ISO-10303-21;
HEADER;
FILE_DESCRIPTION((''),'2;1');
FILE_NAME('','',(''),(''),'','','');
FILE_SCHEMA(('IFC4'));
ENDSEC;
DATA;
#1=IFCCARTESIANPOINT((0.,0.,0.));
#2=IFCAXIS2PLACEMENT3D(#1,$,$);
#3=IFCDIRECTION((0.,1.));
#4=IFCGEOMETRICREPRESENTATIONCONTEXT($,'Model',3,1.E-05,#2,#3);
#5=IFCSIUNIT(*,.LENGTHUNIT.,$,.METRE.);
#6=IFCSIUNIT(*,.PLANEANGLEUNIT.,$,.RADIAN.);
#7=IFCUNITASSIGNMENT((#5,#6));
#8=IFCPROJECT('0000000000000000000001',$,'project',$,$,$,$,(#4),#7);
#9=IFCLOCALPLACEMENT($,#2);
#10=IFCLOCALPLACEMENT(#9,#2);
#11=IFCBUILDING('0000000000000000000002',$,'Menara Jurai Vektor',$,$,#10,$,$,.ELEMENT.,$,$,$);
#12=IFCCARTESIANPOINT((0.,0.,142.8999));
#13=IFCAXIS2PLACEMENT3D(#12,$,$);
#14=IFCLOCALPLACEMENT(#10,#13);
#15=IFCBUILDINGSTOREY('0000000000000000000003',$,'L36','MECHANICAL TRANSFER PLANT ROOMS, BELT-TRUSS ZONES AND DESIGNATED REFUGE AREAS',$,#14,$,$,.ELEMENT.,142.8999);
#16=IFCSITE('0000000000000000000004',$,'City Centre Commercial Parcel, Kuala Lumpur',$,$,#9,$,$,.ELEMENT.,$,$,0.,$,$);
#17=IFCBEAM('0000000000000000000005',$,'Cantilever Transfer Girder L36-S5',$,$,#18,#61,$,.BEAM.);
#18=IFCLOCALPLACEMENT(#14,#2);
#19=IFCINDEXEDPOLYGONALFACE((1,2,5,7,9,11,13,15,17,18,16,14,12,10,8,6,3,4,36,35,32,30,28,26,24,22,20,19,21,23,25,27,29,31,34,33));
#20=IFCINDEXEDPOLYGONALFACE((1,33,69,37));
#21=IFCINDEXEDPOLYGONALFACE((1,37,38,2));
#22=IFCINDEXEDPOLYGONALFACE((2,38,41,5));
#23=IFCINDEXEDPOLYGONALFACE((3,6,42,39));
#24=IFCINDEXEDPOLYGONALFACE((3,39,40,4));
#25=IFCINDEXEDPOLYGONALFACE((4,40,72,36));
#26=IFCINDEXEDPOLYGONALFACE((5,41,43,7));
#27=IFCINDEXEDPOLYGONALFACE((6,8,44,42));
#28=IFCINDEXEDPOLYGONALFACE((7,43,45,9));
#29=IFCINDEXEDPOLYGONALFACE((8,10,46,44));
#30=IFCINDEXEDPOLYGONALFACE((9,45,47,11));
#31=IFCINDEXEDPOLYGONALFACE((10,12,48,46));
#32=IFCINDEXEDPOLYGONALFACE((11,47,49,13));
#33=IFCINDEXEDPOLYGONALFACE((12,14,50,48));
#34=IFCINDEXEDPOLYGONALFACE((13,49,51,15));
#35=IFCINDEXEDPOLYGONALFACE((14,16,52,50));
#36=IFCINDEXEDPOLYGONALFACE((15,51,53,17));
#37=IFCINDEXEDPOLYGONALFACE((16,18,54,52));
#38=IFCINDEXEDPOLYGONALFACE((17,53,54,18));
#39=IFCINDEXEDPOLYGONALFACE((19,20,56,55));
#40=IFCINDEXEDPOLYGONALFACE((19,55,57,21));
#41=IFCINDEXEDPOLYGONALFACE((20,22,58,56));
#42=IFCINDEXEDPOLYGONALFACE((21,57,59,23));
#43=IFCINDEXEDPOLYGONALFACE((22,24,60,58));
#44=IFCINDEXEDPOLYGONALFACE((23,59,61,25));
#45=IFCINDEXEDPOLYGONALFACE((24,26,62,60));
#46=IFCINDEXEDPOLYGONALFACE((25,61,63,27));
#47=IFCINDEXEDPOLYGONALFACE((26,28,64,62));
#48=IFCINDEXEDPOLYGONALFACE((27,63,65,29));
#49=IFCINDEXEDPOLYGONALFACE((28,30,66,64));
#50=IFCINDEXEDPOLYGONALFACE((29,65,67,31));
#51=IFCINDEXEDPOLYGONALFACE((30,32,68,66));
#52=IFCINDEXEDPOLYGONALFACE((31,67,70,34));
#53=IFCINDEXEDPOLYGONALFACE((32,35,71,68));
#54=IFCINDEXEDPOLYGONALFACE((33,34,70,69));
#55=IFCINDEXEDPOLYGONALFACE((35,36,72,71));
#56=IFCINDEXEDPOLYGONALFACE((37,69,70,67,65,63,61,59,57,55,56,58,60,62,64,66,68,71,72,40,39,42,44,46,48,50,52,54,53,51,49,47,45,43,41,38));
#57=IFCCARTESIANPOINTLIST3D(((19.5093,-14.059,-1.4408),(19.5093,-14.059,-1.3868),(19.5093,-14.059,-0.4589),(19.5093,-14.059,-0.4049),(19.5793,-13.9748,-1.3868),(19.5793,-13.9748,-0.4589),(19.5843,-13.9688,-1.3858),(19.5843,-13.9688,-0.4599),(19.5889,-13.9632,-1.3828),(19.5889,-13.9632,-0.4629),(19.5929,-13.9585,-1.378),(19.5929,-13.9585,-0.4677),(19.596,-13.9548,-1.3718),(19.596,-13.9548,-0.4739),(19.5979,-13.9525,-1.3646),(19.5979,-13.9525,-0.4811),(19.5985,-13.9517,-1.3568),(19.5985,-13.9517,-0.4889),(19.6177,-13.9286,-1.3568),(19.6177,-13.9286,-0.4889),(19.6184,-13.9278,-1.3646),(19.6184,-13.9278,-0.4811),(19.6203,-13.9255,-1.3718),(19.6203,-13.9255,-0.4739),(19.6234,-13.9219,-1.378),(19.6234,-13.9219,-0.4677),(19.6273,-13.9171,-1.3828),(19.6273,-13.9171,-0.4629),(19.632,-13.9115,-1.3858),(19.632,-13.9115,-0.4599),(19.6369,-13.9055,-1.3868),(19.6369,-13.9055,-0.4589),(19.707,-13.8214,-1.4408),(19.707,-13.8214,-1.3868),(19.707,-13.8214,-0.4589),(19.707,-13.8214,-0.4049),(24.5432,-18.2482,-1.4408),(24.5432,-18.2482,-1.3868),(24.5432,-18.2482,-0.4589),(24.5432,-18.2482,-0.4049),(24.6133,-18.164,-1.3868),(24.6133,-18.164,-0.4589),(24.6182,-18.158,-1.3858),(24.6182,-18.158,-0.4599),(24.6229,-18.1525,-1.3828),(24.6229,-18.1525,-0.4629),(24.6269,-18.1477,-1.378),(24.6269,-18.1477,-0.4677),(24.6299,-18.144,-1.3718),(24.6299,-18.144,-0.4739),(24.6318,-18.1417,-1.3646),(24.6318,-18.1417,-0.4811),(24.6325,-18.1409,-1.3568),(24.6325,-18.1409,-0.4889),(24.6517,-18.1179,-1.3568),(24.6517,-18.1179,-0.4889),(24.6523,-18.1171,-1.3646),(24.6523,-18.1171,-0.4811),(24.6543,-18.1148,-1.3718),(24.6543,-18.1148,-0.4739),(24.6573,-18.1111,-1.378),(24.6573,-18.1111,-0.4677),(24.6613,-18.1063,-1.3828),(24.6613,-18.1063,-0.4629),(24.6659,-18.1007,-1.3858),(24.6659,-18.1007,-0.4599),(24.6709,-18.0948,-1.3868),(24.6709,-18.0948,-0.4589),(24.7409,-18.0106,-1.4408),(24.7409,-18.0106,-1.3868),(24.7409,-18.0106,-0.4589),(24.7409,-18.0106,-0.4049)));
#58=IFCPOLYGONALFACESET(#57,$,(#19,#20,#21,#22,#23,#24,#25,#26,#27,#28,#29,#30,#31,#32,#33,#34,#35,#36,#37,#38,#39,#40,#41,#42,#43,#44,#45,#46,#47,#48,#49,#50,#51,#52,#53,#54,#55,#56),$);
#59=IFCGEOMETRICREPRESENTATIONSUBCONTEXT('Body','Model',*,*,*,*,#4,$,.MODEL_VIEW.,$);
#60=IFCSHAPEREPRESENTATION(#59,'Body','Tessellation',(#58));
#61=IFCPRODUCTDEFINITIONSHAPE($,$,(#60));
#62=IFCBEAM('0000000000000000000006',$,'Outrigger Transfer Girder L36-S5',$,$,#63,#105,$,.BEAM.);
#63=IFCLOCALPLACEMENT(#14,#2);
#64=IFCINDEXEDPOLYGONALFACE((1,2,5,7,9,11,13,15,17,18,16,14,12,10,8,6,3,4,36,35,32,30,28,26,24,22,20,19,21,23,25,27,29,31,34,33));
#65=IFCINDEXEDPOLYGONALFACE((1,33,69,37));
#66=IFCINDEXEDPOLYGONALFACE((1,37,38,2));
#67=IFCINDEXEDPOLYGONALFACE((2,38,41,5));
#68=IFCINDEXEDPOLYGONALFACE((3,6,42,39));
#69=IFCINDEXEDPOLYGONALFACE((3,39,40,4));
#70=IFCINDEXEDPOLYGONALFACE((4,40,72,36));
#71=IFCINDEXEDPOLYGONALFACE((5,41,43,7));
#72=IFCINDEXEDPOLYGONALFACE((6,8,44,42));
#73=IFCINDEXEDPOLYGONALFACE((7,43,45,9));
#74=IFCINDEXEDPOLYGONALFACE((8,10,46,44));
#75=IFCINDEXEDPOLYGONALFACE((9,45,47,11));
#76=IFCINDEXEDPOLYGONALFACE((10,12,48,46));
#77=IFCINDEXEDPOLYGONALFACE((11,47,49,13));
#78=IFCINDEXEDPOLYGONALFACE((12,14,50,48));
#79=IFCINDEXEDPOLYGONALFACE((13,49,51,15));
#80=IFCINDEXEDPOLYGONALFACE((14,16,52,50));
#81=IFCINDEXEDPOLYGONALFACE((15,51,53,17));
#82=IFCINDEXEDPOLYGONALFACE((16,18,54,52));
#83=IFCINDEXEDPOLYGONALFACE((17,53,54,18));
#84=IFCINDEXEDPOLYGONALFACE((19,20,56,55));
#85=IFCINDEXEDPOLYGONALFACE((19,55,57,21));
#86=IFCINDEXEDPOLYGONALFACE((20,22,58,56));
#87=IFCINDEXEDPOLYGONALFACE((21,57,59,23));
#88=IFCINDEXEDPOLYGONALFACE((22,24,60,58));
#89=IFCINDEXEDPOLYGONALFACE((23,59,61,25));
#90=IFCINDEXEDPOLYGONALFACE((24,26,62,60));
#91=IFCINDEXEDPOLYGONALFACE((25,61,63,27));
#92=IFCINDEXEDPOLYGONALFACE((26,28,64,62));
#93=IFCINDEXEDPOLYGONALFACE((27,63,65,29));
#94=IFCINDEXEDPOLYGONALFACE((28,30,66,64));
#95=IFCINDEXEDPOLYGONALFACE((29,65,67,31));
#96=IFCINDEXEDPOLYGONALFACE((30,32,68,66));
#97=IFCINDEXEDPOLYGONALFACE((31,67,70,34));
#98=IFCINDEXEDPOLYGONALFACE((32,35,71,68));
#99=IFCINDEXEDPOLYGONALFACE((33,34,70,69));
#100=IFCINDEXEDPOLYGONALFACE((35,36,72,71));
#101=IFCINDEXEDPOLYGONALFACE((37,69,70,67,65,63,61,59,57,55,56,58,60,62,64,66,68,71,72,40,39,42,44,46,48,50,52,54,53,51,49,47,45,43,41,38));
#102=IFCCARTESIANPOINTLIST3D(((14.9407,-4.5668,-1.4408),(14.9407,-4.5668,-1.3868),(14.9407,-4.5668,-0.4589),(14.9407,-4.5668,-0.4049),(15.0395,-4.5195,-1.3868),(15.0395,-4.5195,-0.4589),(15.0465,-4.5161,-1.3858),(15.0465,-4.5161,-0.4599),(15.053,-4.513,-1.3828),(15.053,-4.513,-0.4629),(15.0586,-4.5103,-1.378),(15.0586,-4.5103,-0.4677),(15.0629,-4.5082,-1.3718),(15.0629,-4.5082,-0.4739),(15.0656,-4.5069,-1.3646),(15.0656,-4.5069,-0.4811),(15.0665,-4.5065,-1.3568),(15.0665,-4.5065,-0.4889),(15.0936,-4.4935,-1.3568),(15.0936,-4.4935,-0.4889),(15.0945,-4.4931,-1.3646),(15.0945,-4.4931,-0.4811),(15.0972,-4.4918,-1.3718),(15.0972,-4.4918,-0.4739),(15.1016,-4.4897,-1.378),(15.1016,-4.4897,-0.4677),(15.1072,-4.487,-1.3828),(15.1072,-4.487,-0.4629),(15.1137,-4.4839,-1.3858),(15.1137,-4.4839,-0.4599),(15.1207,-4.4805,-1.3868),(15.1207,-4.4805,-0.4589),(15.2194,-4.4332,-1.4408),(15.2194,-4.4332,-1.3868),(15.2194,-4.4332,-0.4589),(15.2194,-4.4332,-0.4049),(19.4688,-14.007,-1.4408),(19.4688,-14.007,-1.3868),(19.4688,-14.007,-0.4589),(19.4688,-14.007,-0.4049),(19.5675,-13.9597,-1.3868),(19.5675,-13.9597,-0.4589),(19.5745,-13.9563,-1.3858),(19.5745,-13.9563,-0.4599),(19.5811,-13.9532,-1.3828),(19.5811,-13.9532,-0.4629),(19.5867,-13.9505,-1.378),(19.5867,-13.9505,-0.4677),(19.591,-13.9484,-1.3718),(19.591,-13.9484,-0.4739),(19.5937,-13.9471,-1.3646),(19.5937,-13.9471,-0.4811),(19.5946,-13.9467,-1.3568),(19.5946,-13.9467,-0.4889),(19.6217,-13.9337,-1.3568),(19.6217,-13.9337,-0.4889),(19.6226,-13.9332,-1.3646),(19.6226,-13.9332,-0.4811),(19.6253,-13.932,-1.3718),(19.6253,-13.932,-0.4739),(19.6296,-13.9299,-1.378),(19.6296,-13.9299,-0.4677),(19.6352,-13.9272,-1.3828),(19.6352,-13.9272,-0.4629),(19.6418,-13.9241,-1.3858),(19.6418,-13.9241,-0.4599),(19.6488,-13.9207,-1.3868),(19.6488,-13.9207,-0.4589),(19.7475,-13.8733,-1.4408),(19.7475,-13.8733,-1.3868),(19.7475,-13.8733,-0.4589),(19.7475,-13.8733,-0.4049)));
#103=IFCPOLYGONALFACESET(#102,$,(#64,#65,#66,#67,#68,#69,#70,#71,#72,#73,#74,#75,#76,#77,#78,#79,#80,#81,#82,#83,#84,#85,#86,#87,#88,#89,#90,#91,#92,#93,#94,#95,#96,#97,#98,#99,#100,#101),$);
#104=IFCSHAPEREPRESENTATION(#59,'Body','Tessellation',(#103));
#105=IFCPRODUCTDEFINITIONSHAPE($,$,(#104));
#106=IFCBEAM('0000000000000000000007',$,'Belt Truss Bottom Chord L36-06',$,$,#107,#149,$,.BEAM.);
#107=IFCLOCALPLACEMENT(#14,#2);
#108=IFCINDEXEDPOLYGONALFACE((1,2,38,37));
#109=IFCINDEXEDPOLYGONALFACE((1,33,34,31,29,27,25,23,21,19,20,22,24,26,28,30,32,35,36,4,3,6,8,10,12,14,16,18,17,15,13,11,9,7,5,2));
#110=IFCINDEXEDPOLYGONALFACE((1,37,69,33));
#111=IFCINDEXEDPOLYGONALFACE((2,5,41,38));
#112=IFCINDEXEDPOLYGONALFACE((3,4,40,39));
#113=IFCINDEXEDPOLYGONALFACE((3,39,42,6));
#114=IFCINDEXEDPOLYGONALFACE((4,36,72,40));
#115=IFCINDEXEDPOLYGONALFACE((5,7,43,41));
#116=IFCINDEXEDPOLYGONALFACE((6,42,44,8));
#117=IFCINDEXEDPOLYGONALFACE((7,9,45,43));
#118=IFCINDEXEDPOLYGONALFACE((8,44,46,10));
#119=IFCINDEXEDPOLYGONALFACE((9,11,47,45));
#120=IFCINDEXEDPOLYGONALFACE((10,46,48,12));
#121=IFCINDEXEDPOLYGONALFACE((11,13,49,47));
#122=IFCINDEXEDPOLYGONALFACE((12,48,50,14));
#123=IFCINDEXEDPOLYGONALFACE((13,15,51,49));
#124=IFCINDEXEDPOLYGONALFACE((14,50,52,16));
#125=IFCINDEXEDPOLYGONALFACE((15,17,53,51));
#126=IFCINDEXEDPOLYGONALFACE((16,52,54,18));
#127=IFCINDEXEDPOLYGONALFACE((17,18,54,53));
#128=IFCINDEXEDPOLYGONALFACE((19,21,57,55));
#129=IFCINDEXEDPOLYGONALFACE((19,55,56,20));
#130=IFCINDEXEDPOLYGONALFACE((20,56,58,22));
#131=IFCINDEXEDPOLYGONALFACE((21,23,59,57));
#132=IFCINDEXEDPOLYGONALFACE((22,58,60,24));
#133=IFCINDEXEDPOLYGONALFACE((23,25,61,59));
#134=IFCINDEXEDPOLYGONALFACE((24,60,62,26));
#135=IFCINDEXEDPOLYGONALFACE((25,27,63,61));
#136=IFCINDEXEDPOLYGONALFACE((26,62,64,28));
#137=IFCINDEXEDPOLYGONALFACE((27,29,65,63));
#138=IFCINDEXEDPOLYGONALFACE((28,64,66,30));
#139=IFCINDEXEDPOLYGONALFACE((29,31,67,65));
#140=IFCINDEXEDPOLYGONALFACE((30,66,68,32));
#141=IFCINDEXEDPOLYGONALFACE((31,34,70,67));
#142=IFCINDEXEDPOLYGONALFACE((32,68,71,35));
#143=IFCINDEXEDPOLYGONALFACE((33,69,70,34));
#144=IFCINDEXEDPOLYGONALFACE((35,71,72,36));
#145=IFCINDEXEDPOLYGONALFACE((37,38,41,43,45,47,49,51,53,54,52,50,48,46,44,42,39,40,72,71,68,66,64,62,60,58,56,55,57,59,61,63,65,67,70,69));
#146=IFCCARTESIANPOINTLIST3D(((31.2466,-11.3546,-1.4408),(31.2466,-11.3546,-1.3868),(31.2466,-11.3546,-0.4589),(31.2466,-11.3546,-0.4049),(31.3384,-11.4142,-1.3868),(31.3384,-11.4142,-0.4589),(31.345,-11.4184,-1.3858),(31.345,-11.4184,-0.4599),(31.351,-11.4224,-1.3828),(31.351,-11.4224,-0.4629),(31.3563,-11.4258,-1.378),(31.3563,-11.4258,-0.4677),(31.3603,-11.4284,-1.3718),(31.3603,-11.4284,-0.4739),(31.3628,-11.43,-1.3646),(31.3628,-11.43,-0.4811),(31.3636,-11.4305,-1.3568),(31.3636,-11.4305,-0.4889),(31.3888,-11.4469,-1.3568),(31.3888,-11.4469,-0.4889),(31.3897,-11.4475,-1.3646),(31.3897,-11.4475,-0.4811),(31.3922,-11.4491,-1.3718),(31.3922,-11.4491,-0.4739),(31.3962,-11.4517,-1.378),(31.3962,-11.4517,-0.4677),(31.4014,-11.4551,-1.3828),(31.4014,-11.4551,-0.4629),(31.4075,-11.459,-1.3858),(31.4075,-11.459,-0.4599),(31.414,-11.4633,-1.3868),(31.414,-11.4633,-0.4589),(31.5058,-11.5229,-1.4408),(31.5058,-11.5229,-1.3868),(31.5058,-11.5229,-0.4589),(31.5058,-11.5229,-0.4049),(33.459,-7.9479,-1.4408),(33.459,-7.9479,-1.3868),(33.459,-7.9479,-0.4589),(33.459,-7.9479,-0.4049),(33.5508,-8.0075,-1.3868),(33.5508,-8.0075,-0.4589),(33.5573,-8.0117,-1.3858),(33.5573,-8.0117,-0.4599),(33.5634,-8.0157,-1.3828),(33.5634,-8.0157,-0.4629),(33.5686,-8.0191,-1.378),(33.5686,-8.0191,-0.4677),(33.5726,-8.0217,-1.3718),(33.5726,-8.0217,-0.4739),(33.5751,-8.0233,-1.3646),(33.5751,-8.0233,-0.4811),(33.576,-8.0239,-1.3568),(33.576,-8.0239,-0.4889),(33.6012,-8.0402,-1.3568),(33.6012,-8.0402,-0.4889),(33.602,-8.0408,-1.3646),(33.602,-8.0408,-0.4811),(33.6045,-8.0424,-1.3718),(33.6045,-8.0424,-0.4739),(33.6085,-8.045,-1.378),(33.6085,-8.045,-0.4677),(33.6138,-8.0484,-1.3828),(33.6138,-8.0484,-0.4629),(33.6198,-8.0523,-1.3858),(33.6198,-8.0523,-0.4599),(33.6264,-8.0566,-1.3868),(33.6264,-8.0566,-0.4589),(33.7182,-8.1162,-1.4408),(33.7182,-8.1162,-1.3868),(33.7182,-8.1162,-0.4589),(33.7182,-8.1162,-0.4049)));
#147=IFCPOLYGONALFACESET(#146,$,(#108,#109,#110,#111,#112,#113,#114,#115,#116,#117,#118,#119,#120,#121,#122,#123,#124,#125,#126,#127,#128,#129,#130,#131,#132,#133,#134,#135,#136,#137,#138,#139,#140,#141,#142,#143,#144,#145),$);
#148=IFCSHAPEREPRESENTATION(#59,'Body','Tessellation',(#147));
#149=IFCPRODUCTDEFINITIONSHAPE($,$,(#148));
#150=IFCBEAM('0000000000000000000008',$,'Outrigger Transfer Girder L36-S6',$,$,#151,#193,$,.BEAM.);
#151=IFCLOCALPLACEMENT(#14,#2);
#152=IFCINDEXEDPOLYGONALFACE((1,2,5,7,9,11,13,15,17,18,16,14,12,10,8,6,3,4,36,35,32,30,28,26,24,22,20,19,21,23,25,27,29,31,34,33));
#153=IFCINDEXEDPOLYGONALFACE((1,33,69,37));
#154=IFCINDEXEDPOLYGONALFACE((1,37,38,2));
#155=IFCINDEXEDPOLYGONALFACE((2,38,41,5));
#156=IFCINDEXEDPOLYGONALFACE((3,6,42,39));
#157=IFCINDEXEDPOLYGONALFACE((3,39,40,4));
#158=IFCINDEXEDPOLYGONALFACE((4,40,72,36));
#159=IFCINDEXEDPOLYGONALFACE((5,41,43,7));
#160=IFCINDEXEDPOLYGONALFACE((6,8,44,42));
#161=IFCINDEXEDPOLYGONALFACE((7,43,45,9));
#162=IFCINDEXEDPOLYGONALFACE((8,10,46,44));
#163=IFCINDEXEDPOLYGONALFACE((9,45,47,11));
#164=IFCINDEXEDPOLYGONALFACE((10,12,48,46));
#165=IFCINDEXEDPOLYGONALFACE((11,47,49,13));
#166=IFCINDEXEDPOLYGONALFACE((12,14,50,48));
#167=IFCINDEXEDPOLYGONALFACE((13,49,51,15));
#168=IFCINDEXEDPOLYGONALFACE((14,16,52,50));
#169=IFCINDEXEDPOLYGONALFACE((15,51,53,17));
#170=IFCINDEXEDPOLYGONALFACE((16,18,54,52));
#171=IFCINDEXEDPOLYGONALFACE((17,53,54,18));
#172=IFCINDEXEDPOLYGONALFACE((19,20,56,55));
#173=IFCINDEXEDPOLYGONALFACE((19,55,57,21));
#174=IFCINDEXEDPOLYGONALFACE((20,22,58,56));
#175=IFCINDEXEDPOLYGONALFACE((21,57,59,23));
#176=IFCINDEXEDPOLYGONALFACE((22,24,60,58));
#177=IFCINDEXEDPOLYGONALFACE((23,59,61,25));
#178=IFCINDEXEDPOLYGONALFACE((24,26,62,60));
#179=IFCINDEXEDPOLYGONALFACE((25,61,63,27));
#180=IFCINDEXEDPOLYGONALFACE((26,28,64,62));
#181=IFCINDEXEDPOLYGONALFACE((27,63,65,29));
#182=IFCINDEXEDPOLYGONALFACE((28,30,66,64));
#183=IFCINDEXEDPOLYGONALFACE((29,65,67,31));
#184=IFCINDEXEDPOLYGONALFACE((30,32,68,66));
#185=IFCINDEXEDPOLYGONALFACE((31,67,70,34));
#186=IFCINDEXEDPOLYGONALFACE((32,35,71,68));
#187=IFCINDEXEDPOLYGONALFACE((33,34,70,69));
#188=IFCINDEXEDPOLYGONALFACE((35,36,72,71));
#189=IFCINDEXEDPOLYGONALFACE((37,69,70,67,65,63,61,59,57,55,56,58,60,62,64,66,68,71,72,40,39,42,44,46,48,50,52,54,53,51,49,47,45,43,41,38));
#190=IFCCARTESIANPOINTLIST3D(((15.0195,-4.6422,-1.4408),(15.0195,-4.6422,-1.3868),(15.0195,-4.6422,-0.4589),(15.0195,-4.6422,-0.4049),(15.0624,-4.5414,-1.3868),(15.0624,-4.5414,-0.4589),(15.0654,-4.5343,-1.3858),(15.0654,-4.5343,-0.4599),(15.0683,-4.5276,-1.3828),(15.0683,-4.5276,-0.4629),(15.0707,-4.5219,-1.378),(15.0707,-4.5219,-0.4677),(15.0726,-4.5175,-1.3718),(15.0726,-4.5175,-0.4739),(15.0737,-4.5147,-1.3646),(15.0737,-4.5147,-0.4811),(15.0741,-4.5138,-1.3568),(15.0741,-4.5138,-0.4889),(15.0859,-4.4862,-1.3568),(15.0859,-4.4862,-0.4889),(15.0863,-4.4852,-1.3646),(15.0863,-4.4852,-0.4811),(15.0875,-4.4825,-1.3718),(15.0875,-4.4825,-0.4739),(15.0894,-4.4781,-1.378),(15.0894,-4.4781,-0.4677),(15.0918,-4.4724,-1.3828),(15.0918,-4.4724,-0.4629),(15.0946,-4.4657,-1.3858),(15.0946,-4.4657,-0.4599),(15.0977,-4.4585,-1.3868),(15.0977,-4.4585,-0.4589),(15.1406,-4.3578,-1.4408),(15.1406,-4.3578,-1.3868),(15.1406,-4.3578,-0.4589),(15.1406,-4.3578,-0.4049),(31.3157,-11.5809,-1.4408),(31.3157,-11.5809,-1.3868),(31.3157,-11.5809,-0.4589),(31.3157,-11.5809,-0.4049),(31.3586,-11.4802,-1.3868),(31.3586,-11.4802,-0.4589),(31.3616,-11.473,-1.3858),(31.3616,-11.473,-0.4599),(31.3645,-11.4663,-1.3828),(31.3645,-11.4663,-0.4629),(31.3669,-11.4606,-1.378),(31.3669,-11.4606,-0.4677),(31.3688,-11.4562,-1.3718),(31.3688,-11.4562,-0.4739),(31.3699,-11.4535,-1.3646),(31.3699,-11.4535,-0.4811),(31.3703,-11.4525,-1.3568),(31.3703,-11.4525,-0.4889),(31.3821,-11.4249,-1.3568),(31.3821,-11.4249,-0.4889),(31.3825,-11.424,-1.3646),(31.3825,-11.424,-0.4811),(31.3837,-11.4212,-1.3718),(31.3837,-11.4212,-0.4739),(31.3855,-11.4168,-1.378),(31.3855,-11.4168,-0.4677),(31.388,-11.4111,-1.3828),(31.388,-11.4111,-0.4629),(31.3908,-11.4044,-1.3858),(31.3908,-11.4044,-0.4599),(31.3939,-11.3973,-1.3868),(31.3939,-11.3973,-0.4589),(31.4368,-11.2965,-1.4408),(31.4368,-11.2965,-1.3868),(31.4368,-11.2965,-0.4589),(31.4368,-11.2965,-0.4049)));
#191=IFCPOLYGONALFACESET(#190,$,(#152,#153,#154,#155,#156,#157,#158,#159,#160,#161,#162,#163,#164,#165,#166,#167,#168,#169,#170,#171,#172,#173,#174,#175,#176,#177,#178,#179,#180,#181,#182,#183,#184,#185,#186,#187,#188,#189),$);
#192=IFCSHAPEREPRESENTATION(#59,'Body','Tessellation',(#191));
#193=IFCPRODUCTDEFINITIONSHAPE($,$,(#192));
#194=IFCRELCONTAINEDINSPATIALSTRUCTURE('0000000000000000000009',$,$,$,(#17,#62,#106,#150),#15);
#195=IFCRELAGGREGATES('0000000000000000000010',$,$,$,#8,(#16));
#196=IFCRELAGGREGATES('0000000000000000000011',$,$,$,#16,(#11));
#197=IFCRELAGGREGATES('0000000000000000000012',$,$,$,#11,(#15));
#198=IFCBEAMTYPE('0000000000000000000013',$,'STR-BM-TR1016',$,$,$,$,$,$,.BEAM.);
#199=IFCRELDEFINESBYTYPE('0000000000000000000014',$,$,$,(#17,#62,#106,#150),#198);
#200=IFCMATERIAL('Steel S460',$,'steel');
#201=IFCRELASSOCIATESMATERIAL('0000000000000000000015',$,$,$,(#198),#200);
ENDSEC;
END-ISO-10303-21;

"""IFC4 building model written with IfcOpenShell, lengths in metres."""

from ifc_helpers import new_model, si_unit, direction, frame, origin, origin_2d, place, context, subcontext, project, spatial, i_section, extrude, material, material_profile, profile_set, type_object, element, save


model = new_model("IFC4")

# Units and contexts
model_context = context("Model", 3, precision=1e-05, world=origin(), true_north=direction((0.0, 1.0)))
body_context = subcontext(model_context, "Body", "Model", "MODEL_VIEW")
ifc_project = project(units=[si_unit("LENGTHUNIT", "METRE"), si_unit("PLANEANGLEUNIT", "RADIAN")], contexts=[model_context])

# Site, building, storey
site_placement = place(None, origin())
site = spatial("IfcSite", under=ifc_project, at=site_placement, Name="City Centre Commercial Parcel, Kuala Lumpur", CompositionType="ELEMENT", RefElevation=0.0)
building_placement = place(site_placement, origin())
building = spatial("IfcBuilding", under=site, at=building_placement, Name="Menara Jurai Vektor", CompositionType="ELEMENT")
storey_placement = place(building_placement, frame((0.0, 0.0, 142.8999)))
storey = spatial("IfcBuildingStorey", under=building, at=storey_placement, Name="L36", Description="MECHANICAL TRANSFER PLANT ROOMS, BELT-TRUSS ZONES AND DESIGNATED REFUGE AREAS", CompositionType="ELEMENT", Elevation=142.8999)

# Shared definitions
ifc_material_1 = material(Name="Steel S460", Category="steel")

# Beams
ifc_material_profile_1 = material_profile(ifc_material_1, i_section(OverallWidth=0.3091, OverallDepth=1.0359, WebThickness=0.03, FlangeThickness=0.054, FilletRadius=0.03, at=origin_2d()), Name="UKB 1016x305x487")
ifc_profile_set_1 = profile_set([ifc_material_profile_1], Name="Steel S460")
beam_type_1 = type_object("IfcBeamType", Name="STR-BM-TR1016", PredefinedType="BEAM", material=ifc_profile_set_1)
beam_1_placement = place(storey_placement, frame((24.6421, -18.1294, -0.9229), z_axis=(-0.768652, 0.639667, 0.0), x_axis=(-0.639667, -0.768652, 0.0)))
element("IfcBeam", 1, at=beam_1_placement, inside=storey, type_object=beam_type_1, Name="Cantilever Transfer Girder L36-S5", PredefinedType="BEAM", context=body_context, shape_type="SweptSolid", body=[
    extrude(i_section(OverallWidth=0.3091, OverallDepth=1.0359, WebThickness=0.03, FlangeThickness=0.054, FilletRadius=0.03, at=origin_2d()), origin(), (0.0, 0.0, 1.0), 6.5491),
])
beam_2_placement = place(storey_placement, frame((19.6082, -13.9402, -0.9229), z_axis=(-0.432482, 0.901643, 0.0), x_axis=(-0.901643, -0.432482, 0.0)))
element("IfcBeam", 2, at=beam_2_placement, inside=storey, type_object=beam_type_1, Name="Outrigger Transfer Girder L36-S5", PredefinedType="BEAM", context=body_context, shape_type="SweptSolid", body=[
    extrude(i_section(OverallWidth=0.3091, OverallDepth=1.0359, WebThickness=0.03, FlangeThickness=0.054, FilletRadius=0.03, at=origin_2d()), origin(), (0.0, 0.0, 1.0), 10.47),
])
beam_3_placement = place(storey_placement, frame((31.3762, -11.4387, -0.9229), z_axis=(0.544646, 0.838666, 0.0), x_axis=(-0.838666, 0.544646, 0.0)))
element("IfcBeam", 3, at=beam_3_placement, inside=storey, type_object=beam_type_1, Name="Belt Truss Bottom Chord L36-06", PredefinedType="BEAM", context=body_context, shape_type="SweptSolid", body=[
    extrude(i_section(OverallWidth=0.3091, OverallDepth=1.0359, WebThickness=0.03, FlangeThickness=0.054, FilletRadius=0.03, at=origin_2d()), origin(), (0.0, 0.0, 1.0), 4.062),
])
beam_4_placement = place(storey_placement, frame((31.3762, -11.4387, -0.9229), z_axis=(-0.920069, 0.391756, 0.0), x_axis=(-0.391756, -0.920069, 0.0)))
element("IfcBeam", 4, at=beam_4_placement, inside=storey, type_object=beam_type_1, Name="Outrigger Transfer Girder L36-S6", PredefinedType="BEAM", context=body_context, shape_type="SweptSolid", body=[
    extrude(i_section(OverallWidth=0.3091, OverallDepth=1.0359, WebThickness=0.03, FlangeThickness=0.054, FilletRadius=0.03, at=origin_2d()), origin(), (0.0, 0.0, 1.0), 17.7119),
])

save(model, "model.ifc")
